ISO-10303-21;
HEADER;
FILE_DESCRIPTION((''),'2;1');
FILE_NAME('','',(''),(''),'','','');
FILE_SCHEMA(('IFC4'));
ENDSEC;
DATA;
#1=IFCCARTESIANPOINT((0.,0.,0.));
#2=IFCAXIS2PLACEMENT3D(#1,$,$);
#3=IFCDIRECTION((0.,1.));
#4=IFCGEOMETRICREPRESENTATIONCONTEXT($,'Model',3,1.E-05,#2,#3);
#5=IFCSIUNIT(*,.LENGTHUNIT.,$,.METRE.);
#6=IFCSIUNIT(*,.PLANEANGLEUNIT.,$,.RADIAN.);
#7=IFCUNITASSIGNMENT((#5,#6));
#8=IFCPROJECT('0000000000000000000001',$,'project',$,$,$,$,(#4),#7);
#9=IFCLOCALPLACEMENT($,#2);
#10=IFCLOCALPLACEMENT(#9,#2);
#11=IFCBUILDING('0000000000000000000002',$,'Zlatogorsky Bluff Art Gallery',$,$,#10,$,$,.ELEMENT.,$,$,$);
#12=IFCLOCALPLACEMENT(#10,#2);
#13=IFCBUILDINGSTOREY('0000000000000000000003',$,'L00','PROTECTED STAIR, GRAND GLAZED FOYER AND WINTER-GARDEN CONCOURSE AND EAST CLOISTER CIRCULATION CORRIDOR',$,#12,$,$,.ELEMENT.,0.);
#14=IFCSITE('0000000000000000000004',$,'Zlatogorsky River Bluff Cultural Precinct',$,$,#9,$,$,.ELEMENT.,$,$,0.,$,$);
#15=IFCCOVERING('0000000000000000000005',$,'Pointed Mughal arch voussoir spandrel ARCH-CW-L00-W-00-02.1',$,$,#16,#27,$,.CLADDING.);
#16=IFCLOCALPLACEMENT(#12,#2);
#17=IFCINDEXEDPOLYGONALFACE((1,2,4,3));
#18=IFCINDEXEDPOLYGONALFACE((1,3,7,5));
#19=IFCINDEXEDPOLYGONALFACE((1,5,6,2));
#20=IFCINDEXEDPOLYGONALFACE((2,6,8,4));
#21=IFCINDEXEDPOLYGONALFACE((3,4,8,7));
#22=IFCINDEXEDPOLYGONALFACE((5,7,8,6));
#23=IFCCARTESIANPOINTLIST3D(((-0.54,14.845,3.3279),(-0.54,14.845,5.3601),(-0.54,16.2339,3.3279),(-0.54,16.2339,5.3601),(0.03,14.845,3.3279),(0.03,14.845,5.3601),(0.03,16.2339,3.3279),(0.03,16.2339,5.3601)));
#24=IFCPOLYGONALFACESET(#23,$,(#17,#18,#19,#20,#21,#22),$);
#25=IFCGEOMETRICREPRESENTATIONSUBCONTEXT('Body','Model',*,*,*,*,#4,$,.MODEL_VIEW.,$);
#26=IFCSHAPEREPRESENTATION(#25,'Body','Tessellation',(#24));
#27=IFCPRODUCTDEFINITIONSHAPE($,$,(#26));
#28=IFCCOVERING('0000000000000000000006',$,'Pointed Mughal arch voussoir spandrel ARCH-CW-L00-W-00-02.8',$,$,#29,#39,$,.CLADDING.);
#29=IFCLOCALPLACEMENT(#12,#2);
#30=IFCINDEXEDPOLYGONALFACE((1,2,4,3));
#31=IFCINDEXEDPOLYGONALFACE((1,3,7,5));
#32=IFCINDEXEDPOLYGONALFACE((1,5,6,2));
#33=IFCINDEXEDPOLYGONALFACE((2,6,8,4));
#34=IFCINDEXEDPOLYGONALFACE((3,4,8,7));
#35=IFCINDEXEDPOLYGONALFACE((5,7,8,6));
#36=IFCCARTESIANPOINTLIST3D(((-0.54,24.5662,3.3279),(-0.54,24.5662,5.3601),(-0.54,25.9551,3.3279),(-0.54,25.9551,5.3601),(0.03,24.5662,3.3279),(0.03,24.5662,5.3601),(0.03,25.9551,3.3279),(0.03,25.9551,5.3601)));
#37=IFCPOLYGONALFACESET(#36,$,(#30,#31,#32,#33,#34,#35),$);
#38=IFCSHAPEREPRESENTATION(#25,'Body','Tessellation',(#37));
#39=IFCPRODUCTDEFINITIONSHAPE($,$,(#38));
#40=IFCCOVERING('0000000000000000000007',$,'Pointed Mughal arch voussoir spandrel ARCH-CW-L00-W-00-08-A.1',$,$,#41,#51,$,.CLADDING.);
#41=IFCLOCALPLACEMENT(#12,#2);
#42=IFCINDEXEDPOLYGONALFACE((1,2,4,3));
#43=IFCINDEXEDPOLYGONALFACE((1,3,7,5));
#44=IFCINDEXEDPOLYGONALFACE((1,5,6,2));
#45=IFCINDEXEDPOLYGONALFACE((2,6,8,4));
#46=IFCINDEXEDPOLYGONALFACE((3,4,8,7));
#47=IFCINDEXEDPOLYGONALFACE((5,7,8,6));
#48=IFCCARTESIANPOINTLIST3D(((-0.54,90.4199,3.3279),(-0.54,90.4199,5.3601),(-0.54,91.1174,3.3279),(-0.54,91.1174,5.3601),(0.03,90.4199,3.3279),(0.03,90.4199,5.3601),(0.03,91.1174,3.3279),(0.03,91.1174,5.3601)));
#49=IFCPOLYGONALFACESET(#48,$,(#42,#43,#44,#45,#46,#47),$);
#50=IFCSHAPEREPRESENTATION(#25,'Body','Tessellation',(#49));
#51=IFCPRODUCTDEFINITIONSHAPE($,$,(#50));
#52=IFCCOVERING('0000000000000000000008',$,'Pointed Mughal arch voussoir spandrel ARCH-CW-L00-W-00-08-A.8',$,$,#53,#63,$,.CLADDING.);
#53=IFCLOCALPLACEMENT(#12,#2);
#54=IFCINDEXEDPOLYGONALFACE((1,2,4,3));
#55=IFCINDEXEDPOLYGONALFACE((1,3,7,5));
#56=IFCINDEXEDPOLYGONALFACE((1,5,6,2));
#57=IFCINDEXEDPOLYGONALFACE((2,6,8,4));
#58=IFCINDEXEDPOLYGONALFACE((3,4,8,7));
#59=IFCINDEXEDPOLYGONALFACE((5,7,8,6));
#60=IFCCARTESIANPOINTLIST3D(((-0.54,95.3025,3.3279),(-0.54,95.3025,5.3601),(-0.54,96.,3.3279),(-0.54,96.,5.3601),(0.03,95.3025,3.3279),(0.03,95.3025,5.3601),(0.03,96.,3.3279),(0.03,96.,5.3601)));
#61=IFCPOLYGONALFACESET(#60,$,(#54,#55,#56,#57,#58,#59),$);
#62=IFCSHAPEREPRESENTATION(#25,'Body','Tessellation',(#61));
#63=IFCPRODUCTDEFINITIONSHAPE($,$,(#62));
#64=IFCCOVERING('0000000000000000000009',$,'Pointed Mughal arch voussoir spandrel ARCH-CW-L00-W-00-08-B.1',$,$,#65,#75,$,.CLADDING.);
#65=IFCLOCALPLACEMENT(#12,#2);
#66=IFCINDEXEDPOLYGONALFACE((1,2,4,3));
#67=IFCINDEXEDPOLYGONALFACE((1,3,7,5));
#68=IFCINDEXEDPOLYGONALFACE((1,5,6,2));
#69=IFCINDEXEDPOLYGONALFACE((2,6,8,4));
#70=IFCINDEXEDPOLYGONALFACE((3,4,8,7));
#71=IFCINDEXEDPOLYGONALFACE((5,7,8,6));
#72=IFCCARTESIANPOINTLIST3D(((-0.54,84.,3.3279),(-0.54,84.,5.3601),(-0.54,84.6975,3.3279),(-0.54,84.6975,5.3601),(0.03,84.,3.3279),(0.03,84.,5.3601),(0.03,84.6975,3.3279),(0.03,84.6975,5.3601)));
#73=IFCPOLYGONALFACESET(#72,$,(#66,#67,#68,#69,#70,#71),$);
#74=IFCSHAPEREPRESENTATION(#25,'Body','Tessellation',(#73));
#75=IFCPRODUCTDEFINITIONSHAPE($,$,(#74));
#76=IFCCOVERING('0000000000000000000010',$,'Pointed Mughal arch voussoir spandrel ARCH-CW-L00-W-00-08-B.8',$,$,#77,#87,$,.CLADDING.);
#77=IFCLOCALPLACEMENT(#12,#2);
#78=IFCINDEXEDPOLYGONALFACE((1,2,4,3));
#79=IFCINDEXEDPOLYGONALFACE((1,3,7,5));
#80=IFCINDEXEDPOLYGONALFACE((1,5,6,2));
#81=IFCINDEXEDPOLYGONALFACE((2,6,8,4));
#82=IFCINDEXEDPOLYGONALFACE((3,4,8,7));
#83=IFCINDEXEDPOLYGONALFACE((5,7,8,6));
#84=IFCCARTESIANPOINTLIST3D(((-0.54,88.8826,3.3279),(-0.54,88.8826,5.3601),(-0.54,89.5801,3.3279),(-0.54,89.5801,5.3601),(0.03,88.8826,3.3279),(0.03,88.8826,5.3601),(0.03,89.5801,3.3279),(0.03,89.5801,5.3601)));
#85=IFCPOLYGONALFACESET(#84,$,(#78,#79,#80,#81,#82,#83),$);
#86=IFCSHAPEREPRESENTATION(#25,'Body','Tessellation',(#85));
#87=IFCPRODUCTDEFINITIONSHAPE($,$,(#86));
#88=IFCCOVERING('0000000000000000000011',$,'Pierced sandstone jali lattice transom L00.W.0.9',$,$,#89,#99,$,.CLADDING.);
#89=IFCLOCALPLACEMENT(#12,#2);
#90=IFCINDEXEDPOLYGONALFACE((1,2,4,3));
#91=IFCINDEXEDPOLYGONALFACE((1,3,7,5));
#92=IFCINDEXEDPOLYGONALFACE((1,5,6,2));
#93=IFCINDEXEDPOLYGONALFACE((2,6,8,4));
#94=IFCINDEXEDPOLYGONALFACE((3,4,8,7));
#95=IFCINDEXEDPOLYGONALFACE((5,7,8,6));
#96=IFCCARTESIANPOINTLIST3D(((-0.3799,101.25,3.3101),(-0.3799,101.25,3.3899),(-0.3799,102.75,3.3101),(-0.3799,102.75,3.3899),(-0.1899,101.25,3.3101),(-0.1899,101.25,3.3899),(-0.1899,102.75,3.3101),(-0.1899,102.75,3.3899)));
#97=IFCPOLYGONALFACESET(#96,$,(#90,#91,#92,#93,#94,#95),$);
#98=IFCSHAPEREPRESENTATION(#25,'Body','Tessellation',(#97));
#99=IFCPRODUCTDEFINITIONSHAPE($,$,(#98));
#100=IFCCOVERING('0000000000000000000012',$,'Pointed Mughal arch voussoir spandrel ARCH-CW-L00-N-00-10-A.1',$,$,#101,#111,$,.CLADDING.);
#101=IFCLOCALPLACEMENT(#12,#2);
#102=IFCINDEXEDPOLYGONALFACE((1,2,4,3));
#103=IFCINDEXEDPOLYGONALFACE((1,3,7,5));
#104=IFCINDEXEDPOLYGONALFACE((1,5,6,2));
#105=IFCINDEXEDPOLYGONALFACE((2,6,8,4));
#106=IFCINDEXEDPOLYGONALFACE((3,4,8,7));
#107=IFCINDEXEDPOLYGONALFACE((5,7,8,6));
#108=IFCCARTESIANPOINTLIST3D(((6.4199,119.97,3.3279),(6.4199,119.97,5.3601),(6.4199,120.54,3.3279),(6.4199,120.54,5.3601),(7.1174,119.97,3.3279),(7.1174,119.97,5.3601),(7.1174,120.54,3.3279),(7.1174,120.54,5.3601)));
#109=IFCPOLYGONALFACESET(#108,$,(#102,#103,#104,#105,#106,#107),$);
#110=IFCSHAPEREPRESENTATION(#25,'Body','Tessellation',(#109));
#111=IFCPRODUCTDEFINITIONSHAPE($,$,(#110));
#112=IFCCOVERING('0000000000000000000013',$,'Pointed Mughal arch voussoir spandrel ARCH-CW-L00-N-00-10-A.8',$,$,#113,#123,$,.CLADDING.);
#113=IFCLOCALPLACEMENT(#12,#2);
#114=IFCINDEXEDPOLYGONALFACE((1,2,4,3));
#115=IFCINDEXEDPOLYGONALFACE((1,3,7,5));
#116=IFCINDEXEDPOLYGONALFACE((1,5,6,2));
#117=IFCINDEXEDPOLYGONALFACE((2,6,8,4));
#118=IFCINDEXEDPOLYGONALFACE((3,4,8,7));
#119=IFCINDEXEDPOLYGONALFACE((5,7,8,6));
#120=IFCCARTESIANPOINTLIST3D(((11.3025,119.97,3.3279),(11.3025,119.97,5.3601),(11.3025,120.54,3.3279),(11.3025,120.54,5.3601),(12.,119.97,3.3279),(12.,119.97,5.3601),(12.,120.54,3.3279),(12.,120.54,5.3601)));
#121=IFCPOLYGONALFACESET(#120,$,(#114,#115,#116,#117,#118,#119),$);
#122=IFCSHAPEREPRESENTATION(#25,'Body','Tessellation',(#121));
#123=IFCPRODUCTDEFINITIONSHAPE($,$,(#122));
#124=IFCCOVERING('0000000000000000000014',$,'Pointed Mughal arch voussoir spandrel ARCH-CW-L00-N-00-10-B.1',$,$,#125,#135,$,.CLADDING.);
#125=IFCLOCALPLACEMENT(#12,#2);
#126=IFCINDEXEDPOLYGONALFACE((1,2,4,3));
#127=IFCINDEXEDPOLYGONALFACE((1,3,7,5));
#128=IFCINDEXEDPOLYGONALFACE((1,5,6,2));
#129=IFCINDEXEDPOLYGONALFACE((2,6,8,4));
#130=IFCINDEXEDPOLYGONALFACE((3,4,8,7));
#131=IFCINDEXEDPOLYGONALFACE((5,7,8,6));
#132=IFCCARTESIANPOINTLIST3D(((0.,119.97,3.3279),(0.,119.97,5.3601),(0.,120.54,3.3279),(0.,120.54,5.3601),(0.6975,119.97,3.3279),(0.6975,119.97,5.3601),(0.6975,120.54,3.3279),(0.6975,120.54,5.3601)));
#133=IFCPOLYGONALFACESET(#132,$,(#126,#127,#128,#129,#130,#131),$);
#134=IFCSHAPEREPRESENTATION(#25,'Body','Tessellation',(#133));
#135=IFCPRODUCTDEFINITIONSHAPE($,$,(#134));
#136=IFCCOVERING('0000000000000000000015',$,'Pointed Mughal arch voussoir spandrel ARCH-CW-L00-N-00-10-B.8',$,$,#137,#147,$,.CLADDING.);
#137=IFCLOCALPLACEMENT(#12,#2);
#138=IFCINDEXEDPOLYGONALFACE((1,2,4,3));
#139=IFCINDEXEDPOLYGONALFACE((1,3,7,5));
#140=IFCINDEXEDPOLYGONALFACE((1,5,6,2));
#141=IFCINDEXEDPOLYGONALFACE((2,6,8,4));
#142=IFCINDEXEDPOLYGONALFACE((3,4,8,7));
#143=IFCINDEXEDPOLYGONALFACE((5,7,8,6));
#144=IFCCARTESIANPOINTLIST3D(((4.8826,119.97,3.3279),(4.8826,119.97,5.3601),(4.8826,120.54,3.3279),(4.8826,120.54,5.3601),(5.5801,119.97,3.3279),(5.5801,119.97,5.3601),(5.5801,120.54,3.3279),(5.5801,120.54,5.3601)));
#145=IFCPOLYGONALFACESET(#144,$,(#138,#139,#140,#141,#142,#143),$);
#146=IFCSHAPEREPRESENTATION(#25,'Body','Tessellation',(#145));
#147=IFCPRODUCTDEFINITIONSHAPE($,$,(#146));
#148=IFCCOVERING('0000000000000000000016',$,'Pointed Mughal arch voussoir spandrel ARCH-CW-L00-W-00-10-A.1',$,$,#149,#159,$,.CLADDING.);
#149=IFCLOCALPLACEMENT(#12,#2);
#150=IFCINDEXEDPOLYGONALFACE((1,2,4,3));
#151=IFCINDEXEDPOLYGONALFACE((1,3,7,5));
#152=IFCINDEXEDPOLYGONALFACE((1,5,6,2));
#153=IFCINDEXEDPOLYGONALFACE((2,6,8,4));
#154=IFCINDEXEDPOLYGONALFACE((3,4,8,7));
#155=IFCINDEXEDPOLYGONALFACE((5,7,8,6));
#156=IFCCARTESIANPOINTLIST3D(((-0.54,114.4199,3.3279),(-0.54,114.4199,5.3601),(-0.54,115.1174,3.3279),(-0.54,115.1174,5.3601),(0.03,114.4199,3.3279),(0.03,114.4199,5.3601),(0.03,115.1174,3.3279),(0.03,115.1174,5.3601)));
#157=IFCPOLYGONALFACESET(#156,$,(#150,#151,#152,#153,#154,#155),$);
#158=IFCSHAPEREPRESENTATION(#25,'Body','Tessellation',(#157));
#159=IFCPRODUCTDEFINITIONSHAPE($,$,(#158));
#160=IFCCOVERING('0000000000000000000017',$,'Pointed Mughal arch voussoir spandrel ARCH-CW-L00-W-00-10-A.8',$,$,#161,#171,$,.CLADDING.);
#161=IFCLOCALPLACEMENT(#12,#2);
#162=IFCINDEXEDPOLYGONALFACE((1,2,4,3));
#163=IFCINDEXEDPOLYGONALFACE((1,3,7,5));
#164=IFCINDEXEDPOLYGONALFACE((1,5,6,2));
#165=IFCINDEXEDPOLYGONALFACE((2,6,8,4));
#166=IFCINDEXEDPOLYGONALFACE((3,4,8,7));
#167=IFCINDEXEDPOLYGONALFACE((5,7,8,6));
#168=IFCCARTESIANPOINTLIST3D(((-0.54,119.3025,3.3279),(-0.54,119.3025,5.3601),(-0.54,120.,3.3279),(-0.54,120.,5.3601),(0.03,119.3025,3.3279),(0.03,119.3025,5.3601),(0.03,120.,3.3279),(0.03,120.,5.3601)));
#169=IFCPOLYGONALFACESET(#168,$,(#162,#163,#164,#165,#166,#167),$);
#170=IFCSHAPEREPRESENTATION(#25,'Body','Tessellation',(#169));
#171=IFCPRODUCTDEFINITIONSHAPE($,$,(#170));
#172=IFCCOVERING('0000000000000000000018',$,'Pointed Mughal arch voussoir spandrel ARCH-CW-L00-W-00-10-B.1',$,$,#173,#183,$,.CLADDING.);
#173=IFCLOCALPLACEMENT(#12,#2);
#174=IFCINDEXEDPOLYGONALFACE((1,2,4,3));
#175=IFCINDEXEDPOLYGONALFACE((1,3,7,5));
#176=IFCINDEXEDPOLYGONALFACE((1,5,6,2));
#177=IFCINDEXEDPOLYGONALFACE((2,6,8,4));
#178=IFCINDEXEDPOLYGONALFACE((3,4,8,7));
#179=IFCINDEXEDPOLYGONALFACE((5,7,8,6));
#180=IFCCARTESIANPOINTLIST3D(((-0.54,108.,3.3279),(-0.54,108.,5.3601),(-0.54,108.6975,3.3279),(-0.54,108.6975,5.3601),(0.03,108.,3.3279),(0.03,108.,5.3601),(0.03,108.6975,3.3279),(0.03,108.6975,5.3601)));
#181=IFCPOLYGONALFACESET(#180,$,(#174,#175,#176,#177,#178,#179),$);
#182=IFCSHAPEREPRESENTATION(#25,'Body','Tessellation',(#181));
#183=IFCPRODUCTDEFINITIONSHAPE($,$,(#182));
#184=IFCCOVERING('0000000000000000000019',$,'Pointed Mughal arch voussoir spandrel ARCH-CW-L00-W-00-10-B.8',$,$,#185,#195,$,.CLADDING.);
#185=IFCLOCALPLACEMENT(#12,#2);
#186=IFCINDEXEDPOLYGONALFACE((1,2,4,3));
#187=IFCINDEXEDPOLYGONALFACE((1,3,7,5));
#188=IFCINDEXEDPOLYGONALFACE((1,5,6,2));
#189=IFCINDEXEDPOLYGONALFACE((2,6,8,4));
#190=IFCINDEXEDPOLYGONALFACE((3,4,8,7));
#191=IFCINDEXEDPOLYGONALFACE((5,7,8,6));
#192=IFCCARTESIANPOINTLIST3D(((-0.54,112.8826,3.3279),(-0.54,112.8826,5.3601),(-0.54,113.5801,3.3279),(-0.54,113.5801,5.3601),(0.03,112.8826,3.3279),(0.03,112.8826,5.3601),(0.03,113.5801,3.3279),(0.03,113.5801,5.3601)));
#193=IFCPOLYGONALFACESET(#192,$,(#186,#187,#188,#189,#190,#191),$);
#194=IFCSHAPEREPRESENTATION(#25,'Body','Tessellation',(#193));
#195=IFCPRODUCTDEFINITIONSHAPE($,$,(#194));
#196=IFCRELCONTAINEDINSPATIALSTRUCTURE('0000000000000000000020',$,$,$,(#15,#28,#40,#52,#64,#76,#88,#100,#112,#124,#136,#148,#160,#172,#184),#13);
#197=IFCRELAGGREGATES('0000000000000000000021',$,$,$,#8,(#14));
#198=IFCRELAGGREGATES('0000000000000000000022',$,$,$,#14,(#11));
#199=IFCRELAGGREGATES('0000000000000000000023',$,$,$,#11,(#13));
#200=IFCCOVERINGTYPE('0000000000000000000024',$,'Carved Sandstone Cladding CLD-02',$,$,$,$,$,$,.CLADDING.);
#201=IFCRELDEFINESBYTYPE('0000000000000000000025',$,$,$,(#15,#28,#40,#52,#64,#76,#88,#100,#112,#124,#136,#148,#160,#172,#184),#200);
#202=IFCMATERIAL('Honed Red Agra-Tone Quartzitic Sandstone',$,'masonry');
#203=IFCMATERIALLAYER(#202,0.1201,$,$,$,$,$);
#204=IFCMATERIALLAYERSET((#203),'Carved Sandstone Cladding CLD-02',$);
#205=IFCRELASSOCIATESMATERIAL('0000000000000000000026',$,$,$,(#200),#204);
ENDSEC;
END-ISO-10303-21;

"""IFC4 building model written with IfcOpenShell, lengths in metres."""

from ifc_helpers import new_model, si_unit, direction, frame, origin, place, context, subcontext, project, spatial, polyline, outline, extrude, material, layer, layer_set, type_object, element, save


model = new_model("IFC4")

# Units and contexts
model_context = context("Model", 3, precision=1e-05, world=origin(), true_north=direction((0.0, 1.0)))
body_context = subcontext(model_context, "Body", "Model", "MODEL_VIEW")
ifc_project = project(units=[si_unit("LENGTHUNIT", "METRE"), si_unit("PLANEANGLEUNIT", "RADIAN")], contexts=[model_context])

# Site, building, storey
site_placement = place(None, origin())
site = spatial("IfcSite", under=ifc_project, at=site_placement, Name="Zlatogorsky River Bluff Cultural Precinct", CompositionType="ELEMENT", RefElevation=0.0)
building_placement = place(site_placement, origin())
building = spatial("IfcBuilding", under=site, at=building_placement, Name="Zlatogorsky Bluff Art Gallery", CompositionType="ELEMENT")
storey_placement = place(building_placement, origin())
storey = spatial("IfcBuildingStorey", under=building, at=storey_placement, Name="L00", Description="PROTECTED STAIR, GRAND GLAZED FOYER AND WINTER-GARDEN CONCOURSE AND EAST CLOISTER CIRCULATION CORRIDOR", CompositionType="ELEMENT", Elevation=0.0)

# Coverings
ifc_material = material(Name="Honed Red Agra-Tone Quartzitic Sandstone", Category="masonry")
ifc_layer = layer(ifc_material, 0.1201)
ifc_layer_set = layer_set([ifc_layer], Name="Carved Sandstone Cladding CLD-02")
covering_type = type_object("IfcCoveringType", Name="Carved Sandstone Cladding CLD-02", PredefinedType="CLADDING", material=ifc_layer_set)
covering_1_placement = place(storey_placement, frame((0.0, 0.0, 3.3279)))
element("IfcCovering", 1, at=covering_1_placement, inside=storey, type_object=covering_type, Name="Pointed Mughal arch voussoir spandrel ARCH-CW-L00-W-00-02.1", PredefinedType="CLADDING", context=body_context, shape_type="SweptSolid", body=[
    extrude(outline(polyline([(-0.54, 14.845), (-0.54, 16.2339), (0.03, 16.2339), (0.03, 14.845), (-0.54, 14.845)])), origin(), (0.0, 0.0, 1.0), 2.0322),
])
covering_2_placement = place(storey_placement, frame((0.0, 0.0, 3.3279)))
element("IfcCovering", 2, at=covering_2_placement, inside=storey, type_object=covering_type, Name="Pointed Mughal arch voussoir spandrel ARCH-CW-L00-W-00-02.8", PredefinedType="CLADDING", context=body_context, shape_type="SweptSolid", body=[
    extrude(outline(polyline([(-0.54, 24.5662), (-0.54, 25.9551), (0.03, 25.9551), (0.03, 24.5662), (-0.54, 24.5662)])), origin(), (0.0, 0.0, 1.0), 2.0322),
])
covering_3_placement = place(storey_placement, frame((0.0, 0.0, 3.3279)))
element("IfcCovering", 3, at=covering_3_placement, inside=storey, type_object=covering_type, Name="Pointed Mughal arch voussoir spandrel ARCH-CW-L00-W-00-08-A.1", PredefinedType="CLADDING", context=body_context, shape_type="SweptSolid", body=[
    extrude(outline(polyline([(-0.54, 90.4199), (-0.54, 91.1174), (0.03, 91.1174), (0.03, 90.4199), (-0.54, 90.4199)])), origin(), (0.0, 0.0, 1.0), 2.0322),
])
covering_4_placement = place(storey_placement, frame((0.0, 0.0, 3.3279)))
element("IfcCovering", 4, at=covering_4_placement, inside=storey, type_object=covering_type, Name="Pointed Mughal arch voussoir spandrel ARCH-CW-L00-W-00-08-A.8", PredefinedType="CLADDING", context=body_context, shape_type="SweptSolid", body=[
    extrude(outline(polyline([(-0.54, 95.3025), (-0.54, 96.0), (0.03, 96.0), (0.03, 95.3025), (-0.54, 95.3025)])), origin(), (0.0, 0.0, 1.0), 2.0322),
])
covering_5_placement = place(storey_placement, frame((0.0, 0.0, 3.3279)))
element("IfcCovering", 5, at=covering_5_placement, inside=storey, type_object=covering_type, Name="Pointed Mughal arch voussoir spandrel ARCH-CW-L00-W-00-08-B.1", PredefinedType="CLADDING", context=body_context, shape_type="SweptSolid", body=[
    extrude(outline(polyline([(-0.54, 84.0), (-0.54, 84.6975), (0.03, 84.6975), (0.03, 84.0), (-0.54, 84.0)])), origin(), (0.0, 0.0, 1.0), 2.0322),
])
covering_6_placement = place(storey_placement, frame((0.0, 0.0, 3.3279)))
element("IfcCovering", 6, at=covering_6_placement, inside=storey, type_object=covering_type, Name="Pointed Mughal arch voussoir spandrel ARCH-CW-L00-W-00-08-B.8", PredefinedType="CLADDING", context=body_context, shape_type="SweptSolid", body=[
    extrude(outline(polyline([(-0.54, 88.8826), (-0.54, 89.5801), (0.03, 89.5801), (0.03, 88.8826), (-0.54, 88.8826)])), origin(), (0.0, 0.0, 1.0), 2.0322),
])
covering_7_placement = place(storey_placement, frame((0.0, 0.0, 3.3101)))
element("IfcCovering", 7, at=covering_7_placement, inside=storey, type_object=covering_type, Name="Pierced sandstone jali lattice transom L00.W.0.9", PredefinedType="CLADDING", context=body_context, shape_type="SweptSolid", body=[
    extrude(outline(polyline([(-0.3799, 101.25), (-0.3799, 102.75), (-0.1899, 102.75), (-0.1899, 101.25), (-0.3799, 101.25)])), origin(), (0.0, 0.0, 1.0), 0.0798),
])
covering_8_placement = place(storey_placement, frame((0.0, 0.0, 3.3279)))
element("IfcCovering", 8, at=covering_8_placement, inside=storey, type_object=covering_type, Name="Pointed Mughal arch voussoir spandrel ARCH-CW-L00-N-00-10-A.1", PredefinedType="CLADDING", context=body_context, shape_type="SweptSolid", body=[
    extrude(outline(polyline([(6.4199, 119.97), (7.1174, 119.97), (7.1174, 120.54), (6.4199, 120.54), (6.4199, 119.97)])), origin(), (0.0, 0.0, 1.0), 2.0322),
])
covering_9_placement = place(storey_placement, frame((0.0, 0.0, 3.3279)))
element("IfcCovering", 9, at=covering_9_placement, inside=storey, type_object=covering_type, Name="Pointed Mughal arch voussoir spandrel ARCH-CW-L00-N-00-10-A.8", PredefinedType="CLADDING", context=body_context, shape_type="SweptSolid", body=[
    extrude(outline(polyline([(11.3025, 119.97), (12.0, 119.97), (12.0, 120.54), (11.3025, 120.54), (11.3025, 119.97)])), origin(), (0.0, 0.0, 1.0), 2.0322),
])
covering_10_placement = place(storey_placement, frame((0.0, 0.0, 3.3279)))
element("IfcCovering", 10, at=covering_10_placement, inside=storey, type_object=covering_type, Name="Pointed Mughal arch voussoir spandrel ARCH-CW-L00-N-00-10-B.1", PredefinedType="CLADDING", context=body_context, shape_type="SweptSolid", body=[
    extrude(outline(polyline([(0.0, 119.97), (0.6975, 119.97), (0.6975, 120.54), (0.0, 120.54), (0.0, 119.97)])), origin(), (0.0, 0.0, 1.0), 2.0322),
])
covering_11_placement = place(storey_placement, frame((0.0, 0.0, 3.3279)))
element("IfcCovering", 11, at=covering_11_placement, inside=storey, type_object=covering_type, Name="Pointed Mughal arch voussoir spandrel ARCH-CW-L00-N-00-10-B.8", PredefinedType="CLADDING", context=body_context, shape_type="SweptSolid", body=[
    extrude(outline(polyline([(4.8826, 119.97), (5.5801, 119.97), (5.5801, 120.54), (4.8826, 120.54), (4.8826, 119.97)])), origin(), (0.0, 0.0, 1.0), 2.0322),
])
covering_12_placement = place(storey_placement, frame((0.0, 0.0, 3.3279)))
element("IfcCovering", 12, at=covering_12_placement, inside=storey, type_object=covering_type, Name="Pointed Mughal arch voussoir spandrel ARCH-CW-L00-W-00-10-A.1", PredefinedType="CLADDING", context=body_context, shape_type="SweptSolid", body=[
    extrude(outline(polyline([(-0.54, 114.4199), (-0.54, 115.1174), (0.03, 115.1174), (0.03, 114.4199), (-0.54, 114.4199)])), origin(), (0.0, 0.0, 1.0), 2.0322),
])
covering_13_placement = place(storey_placement, frame((0.0, 0.0, 3.3279)))
element("IfcCovering", 13, at=covering_13_placement, inside=storey, type_object=covering_type, Name="Pointed Mughal arch voussoir spandrel ARCH-CW-L00-W-00-10-A.8", PredefinedType="CLADDING", context=body_context, shape_type="SweptSolid", body=[
    extrude(outline(polyline([(-0.54, 119.3025), (-0.54, 120.0), (0.03, 120.0), (0.03, 119.3025), (-0.54, 119.3025)])), origin(), (0.0, 0.0, 1.0), 2.0322),
])
covering_14_placement = place(storey_placement, frame((0.0, 0.0, 3.3279)))
element("IfcCovering", 14, at=covering_14_placement, inside=storey, type_object=covering_type, Name="Pointed Mughal arch voussoir spandrel ARCH-CW-L00-W-00-10-B.1", PredefinedType="CLADDING", context=body_context, shape_type="SweptSolid", body=[
    extrude(outline(polyline([(-0.54, 108.0), (-0.54, 108.6975), (0.03, 108.6975), (0.03, 108.0), (-0.54, 108.0)])), origin(), (0.0, 0.0, 1.0), 2.0322),
])
covering_15_placement = place(storey_placement, frame((0.0, 0.0, 3.3279)))
element("IfcCovering", 15, at=covering_15_placement, inside=storey, type_object=covering_type, Name="Pointed Mughal arch voussoir spandrel ARCH-CW-L00-W-00-10-B.8", PredefinedType="CLADDING", context=body_context, shape_type="SweptSolid", body=[
    extrude(outline(polyline([(-0.54, 112.8826), (-0.54, 113.5801), (0.03, 113.5801), (0.03, 112.8826), (-0.54, 112.8826)])), origin(), (0.0, 0.0, 1.0), 2.0322),
])

save(model, "model.ifc")
